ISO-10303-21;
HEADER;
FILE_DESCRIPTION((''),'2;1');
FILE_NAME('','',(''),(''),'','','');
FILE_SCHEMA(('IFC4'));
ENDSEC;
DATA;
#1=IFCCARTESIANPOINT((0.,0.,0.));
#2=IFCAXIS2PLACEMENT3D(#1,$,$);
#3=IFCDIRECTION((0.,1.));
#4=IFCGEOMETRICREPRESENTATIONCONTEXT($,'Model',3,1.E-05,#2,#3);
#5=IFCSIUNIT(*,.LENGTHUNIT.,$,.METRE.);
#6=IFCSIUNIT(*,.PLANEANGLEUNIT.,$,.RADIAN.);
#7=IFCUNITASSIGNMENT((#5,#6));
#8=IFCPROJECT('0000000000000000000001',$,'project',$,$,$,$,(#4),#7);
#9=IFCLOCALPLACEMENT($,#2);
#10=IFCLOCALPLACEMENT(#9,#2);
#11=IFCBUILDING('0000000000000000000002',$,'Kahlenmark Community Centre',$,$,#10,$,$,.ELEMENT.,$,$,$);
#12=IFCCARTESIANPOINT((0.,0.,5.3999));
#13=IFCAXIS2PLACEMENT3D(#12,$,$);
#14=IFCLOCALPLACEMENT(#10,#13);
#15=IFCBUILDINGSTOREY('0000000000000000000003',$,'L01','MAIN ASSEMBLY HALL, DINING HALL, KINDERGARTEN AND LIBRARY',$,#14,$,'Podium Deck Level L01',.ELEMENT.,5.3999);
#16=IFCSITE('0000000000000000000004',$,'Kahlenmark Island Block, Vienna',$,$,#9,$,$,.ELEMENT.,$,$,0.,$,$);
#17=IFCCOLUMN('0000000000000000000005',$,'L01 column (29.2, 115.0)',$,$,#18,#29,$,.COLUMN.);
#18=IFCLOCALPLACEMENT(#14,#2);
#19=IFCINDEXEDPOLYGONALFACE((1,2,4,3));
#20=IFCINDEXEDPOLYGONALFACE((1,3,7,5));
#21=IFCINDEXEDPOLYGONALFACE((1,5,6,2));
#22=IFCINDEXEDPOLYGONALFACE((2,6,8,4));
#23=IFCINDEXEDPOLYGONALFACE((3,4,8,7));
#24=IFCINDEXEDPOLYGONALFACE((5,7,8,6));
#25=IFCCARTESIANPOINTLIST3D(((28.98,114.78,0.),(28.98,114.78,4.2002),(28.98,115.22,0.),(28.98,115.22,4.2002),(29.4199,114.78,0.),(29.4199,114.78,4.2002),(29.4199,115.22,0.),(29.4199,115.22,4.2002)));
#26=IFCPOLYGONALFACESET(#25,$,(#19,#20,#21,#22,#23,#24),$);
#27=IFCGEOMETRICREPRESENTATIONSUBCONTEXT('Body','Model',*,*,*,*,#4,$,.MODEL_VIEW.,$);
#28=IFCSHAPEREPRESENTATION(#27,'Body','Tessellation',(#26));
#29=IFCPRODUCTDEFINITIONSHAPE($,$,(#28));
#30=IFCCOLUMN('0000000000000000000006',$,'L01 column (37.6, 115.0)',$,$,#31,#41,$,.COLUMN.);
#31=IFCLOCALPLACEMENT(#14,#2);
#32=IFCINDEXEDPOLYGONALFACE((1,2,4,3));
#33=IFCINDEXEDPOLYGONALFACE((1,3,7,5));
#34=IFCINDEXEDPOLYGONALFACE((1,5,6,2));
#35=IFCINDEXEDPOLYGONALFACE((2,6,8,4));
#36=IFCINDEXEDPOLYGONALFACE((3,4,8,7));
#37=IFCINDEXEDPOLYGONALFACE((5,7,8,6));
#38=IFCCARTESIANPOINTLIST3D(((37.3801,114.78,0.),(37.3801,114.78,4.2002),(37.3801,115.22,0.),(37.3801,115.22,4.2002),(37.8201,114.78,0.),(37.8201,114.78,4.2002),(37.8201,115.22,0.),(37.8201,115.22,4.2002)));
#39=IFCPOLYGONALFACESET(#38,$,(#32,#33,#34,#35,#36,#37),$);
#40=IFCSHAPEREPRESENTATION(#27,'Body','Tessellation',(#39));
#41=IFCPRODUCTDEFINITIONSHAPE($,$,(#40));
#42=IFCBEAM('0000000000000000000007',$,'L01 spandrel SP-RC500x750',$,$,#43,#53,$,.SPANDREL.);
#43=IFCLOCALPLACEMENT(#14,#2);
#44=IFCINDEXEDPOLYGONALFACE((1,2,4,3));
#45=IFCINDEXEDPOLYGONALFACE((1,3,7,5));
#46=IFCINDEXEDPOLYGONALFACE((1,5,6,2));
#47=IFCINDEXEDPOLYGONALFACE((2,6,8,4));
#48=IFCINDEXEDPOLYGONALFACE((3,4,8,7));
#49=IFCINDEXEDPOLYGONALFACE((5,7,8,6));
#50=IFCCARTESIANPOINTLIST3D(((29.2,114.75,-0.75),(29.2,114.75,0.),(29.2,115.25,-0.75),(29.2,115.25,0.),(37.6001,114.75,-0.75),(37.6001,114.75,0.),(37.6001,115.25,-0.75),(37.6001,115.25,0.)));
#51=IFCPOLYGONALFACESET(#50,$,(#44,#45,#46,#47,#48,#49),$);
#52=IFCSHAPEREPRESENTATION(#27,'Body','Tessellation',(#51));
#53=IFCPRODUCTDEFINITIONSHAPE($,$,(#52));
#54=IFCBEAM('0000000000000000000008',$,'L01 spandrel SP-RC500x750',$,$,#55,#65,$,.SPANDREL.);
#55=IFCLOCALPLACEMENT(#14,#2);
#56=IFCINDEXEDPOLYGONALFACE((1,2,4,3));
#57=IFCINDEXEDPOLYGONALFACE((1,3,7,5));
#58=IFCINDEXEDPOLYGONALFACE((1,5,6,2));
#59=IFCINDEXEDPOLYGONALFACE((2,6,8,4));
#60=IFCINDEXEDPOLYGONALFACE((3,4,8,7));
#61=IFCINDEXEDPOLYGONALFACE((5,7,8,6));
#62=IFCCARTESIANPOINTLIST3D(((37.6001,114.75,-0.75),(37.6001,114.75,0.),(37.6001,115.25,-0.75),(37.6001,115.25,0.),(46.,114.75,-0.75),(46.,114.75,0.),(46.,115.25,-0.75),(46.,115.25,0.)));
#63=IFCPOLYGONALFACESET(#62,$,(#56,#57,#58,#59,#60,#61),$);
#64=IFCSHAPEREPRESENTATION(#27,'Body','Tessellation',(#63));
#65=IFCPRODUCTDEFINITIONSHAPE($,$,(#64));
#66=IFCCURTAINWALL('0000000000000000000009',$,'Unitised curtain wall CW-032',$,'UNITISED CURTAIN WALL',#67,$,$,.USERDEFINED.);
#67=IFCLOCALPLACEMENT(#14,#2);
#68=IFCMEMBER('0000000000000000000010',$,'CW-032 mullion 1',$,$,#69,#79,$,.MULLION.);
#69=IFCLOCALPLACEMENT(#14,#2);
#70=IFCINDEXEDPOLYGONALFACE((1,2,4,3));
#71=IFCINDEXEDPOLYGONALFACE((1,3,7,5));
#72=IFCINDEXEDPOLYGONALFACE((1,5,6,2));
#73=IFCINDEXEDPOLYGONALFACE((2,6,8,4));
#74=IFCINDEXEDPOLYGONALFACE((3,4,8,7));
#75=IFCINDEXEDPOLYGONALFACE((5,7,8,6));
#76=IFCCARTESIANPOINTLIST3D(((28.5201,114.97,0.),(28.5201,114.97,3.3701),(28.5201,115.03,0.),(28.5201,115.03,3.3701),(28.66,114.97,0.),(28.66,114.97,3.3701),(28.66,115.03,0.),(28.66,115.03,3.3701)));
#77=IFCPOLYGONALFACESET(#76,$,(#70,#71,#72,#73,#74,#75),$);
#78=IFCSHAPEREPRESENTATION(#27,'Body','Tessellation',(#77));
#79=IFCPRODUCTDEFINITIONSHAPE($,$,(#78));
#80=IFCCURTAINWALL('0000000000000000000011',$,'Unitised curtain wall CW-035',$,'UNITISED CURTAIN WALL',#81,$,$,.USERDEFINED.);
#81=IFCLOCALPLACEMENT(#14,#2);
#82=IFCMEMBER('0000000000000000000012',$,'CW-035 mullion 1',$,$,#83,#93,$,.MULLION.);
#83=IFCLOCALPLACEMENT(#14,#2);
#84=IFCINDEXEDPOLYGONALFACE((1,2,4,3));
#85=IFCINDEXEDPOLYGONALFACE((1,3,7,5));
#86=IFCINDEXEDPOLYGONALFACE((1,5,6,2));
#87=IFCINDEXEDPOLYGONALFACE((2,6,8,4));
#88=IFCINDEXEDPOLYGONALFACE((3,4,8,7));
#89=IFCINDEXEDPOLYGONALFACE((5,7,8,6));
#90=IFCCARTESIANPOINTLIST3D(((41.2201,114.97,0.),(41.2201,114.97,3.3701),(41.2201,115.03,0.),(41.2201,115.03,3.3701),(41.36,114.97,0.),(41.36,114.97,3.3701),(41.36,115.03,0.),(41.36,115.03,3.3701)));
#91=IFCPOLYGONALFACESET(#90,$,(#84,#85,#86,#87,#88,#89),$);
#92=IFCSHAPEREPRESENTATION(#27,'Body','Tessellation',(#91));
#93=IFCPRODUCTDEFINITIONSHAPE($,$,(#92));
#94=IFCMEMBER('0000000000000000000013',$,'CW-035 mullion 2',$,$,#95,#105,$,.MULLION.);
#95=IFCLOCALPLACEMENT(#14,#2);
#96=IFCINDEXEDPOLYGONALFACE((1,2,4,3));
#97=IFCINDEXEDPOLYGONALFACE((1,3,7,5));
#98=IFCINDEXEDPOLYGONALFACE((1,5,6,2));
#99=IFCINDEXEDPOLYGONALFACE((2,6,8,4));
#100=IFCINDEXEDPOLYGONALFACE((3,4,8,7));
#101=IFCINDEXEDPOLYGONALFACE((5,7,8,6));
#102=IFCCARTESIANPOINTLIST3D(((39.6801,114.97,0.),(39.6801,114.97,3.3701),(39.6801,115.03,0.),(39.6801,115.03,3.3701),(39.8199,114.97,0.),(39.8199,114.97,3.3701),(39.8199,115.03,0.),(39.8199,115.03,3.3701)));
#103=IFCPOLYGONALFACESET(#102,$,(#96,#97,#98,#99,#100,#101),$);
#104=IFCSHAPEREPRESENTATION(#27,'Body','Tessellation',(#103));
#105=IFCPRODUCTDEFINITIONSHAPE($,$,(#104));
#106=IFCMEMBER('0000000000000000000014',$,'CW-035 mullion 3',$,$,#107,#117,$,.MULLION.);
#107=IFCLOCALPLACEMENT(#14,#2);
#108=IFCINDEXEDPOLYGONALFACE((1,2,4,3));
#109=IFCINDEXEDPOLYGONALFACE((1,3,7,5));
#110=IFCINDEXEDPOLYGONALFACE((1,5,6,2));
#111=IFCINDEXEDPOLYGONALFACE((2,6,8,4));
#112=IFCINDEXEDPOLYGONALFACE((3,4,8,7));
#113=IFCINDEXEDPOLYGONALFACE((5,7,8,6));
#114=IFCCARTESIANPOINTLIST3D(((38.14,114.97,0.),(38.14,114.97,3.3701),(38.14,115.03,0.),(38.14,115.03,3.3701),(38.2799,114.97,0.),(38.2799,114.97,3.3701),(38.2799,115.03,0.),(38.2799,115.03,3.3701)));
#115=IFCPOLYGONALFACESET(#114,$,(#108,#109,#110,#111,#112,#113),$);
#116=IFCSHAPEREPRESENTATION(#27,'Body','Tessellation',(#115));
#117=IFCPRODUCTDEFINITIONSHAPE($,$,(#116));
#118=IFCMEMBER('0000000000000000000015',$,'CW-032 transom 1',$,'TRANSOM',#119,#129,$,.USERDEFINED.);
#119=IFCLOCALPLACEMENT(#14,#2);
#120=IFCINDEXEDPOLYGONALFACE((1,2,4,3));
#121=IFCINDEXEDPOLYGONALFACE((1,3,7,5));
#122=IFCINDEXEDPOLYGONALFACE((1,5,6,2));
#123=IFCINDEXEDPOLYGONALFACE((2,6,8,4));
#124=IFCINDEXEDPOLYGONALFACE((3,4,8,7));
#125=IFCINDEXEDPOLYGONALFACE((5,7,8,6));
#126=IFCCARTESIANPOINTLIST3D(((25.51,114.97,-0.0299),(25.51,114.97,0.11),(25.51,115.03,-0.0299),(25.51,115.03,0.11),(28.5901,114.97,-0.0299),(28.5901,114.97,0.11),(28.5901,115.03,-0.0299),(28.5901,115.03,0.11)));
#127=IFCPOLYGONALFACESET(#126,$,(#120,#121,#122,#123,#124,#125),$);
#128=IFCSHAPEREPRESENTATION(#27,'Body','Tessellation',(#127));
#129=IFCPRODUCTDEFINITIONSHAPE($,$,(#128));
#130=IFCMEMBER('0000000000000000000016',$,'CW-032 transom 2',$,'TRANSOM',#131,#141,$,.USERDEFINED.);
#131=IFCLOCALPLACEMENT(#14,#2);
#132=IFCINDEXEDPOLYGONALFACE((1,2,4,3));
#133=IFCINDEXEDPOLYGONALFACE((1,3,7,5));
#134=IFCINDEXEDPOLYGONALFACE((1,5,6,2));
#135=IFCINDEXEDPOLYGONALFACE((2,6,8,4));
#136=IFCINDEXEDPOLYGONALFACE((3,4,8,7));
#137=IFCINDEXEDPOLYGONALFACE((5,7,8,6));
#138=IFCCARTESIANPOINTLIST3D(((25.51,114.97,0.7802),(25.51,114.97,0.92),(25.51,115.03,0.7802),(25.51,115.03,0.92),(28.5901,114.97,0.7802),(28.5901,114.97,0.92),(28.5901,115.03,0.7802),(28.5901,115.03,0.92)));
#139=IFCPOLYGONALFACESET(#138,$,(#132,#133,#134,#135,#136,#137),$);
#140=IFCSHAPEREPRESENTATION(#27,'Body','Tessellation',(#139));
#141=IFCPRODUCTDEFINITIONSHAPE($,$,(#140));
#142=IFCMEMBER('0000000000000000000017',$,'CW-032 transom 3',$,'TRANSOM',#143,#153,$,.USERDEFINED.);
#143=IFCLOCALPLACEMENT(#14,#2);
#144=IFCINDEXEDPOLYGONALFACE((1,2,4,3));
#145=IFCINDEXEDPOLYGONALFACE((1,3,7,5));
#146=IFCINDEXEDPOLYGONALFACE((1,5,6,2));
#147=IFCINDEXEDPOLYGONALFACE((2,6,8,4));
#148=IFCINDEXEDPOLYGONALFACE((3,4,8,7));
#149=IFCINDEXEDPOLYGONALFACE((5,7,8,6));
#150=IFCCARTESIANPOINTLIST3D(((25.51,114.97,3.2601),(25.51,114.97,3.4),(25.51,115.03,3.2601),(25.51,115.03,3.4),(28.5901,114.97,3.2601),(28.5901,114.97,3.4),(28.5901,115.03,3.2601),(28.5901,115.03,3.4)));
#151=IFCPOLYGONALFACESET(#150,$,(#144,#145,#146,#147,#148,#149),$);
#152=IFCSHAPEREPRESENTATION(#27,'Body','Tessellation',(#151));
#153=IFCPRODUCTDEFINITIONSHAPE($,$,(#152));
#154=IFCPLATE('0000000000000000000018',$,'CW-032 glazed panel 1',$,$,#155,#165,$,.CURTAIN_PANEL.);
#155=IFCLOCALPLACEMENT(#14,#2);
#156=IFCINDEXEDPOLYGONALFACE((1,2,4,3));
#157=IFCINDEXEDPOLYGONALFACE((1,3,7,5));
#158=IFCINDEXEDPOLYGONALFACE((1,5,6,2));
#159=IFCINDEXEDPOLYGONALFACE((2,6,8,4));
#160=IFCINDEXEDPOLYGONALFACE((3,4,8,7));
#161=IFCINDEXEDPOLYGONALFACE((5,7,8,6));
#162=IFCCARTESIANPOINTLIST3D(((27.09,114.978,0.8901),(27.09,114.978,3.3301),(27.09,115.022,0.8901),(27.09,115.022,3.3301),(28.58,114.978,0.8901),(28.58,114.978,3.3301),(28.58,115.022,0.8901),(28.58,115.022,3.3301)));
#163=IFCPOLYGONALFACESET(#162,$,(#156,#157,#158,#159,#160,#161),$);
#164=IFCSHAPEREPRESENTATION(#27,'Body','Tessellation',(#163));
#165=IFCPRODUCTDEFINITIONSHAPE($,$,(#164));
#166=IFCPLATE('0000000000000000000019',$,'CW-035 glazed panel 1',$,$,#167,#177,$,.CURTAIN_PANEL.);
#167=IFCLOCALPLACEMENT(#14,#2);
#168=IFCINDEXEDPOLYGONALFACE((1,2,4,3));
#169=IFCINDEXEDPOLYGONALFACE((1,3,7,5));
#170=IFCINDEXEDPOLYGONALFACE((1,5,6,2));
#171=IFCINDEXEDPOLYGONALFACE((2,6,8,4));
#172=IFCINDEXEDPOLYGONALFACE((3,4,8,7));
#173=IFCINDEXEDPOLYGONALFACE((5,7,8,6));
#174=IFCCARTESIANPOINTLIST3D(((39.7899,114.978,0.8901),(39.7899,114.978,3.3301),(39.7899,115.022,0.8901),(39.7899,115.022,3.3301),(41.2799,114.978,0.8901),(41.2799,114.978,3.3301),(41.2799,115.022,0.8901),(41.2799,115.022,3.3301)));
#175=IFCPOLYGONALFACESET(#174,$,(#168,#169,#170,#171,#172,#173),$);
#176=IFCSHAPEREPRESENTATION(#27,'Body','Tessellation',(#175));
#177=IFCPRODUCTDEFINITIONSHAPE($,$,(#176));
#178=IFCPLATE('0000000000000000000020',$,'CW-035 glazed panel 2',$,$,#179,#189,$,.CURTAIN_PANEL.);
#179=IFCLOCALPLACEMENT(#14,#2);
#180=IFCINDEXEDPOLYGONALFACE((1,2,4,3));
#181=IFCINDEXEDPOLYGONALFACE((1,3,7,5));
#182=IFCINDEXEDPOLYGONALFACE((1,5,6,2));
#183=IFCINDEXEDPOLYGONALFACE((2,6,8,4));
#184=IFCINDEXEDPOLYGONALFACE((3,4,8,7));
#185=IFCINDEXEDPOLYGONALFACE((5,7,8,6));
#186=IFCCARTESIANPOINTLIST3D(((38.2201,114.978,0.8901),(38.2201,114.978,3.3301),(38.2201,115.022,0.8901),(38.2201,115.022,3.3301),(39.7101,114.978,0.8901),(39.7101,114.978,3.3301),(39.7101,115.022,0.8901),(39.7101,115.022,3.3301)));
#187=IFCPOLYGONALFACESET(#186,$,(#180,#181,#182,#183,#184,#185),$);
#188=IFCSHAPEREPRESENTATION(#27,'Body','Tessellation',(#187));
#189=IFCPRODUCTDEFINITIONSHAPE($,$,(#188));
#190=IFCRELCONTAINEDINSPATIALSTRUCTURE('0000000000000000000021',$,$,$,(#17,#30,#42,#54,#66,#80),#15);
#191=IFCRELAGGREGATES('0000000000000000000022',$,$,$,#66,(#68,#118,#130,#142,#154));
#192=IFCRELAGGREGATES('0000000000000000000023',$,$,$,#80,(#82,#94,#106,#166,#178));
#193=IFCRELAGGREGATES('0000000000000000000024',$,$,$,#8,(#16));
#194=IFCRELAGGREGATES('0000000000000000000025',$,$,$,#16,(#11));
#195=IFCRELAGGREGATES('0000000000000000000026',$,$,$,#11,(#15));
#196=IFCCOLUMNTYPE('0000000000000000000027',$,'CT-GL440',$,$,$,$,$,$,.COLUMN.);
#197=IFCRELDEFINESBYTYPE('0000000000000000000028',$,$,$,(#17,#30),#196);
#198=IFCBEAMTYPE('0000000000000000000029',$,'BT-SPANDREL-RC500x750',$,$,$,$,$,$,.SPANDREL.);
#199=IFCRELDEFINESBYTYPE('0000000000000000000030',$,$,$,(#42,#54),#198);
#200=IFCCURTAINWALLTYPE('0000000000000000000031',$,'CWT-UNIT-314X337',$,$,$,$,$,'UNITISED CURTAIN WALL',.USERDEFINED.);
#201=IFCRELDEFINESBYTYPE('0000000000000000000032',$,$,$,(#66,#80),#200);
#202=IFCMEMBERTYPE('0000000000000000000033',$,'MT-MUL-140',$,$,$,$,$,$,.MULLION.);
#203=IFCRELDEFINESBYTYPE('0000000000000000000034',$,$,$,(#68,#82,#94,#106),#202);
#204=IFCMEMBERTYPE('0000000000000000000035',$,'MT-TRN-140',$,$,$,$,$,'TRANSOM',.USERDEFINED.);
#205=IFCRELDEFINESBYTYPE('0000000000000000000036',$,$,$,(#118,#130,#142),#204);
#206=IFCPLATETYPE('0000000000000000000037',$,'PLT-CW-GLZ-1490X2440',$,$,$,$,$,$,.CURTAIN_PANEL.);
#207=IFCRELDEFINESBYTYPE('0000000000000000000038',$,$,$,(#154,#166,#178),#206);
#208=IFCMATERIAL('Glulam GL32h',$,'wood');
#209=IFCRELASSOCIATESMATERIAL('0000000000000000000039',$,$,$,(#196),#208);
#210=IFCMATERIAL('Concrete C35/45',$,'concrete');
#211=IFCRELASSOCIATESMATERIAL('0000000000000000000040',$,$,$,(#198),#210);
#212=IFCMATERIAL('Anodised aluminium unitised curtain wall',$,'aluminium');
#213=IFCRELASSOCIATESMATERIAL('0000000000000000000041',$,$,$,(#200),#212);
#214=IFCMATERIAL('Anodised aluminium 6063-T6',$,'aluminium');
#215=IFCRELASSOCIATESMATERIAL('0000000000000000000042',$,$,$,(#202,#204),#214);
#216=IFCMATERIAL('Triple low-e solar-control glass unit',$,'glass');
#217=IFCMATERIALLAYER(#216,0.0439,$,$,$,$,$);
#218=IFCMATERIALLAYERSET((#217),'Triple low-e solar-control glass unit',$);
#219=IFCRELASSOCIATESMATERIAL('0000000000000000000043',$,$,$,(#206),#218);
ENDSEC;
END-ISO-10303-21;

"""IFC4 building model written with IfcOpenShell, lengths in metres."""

from ifc_helpers import new_model, si_unit, direction, frame, origin, origin_2d, place, context, subcontext, project, spatial, rectangle, extrude, material, layer, layer_set, material_profile, profile_set, type_object, element, aggregate, save


model = new_model("IFC4")

# Units and contexts
model_context = context("Model", 3, precision=1e-05, world=origin(), true_north=direction((0.0, 1.0)))
body_context = subcontext(model_context, "Body", "Model", "MODEL_VIEW")
ifc_project = project(units=[si_unit("LENGTHUNIT", "METRE"), si_unit("PLANEANGLEUNIT", "RADIAN")], contexts=[model_context])

# Site, building, storey
site_placement = place(None, origin())
site = spatial("IfcSite", under=ifc_project, at=site_placement, Name="Kahlenmark Island Block, Vienna", CompositionType="ELEMENT", RefElevation=0.0)
building_placement = place(site_placement, origin())
building = spatial("IfcBuilding", under=site, at=building_placement, Name="Kahlenmark Community Centre", CompositionType="ELEMENT")
storey_placement = place(building_placement, frame((0.0, 0.0, 5.3999)))
storey = spatial("IfcBuildingStorey", under=building, at=storey_placement, Name="L01", Description="MAIN ASSEMBLY HALL, DINING HALL, KINDERGARTEN AND LIBRARY", LongName="Podium Deck Level L01", CompositionType="ELEMENT", Elevation=5.3999)

# Columns
ifc_material_1 = material(Name="Glulam GL32h", Category="wood")
ifc_material_profile_1 = material_profile(ifc_material_1, rectangle(XDim=0.4399, YDim=0.4399, at=origin_2d()), Name="GL32h 440x440")
ifc_profile_set_1 = profile_set([ifc_material_profile_1], Name="Glulam GL32h")
column_type = type_object("IfcColumnType", Name="CT-GL440", PredefinedType="COLUMN", material=ifc_profile_set_1)
for number, where, z_axis, x_axis, name in (
    (1, (29.2, 115.0, 0.0), (0.0, 0.0, 1.0), (1.0, 0.0, 0.0), "L01 column (29.2, 115.0)"),
    (2, (37.6001, 115.0, 0.0), (0.0, 0.0, 1.0), (1.0, 0.0, 0.0), "L01 column (37.6, 115.0)"),
):
    element("IfcColumn", number, at=place(storey_placement, frame(where, z_axis=z_axis, x_axis=x_axis)), inside=storey, type_object=column_type, Name=name, PredefinedType="COLUMN", context=body_context, shape_type="SweptSolid", body=[
        extrude(rectangle(XDim=0.4399, YDim=0.4399, at=origin_2d()), origin(), (0.0, 0.0, 1.0), 4.2002),
    ])

# Beams
ifc_material_2 = material(Name="Concrete C35/45", Category="concrete")
ifc_material_profile_2 = material_profile(ifc_material_2, rectangle(XDim=0.5, YDim=0.75, at=origin_2d()), Name="RC 500x750")
ifc_profile_set_2 = profile_set([ifc_material_profile_2], Name="Concrete C35/45")
beam_type = type_object("IfcBeamType", Name="BT-SPANDREL-RC500x750", PredefinedType="SPANDREL", material=ifc_profile_set_2)
beam_1_placement = place(storey_placement, frame((29.2, 115.0, -0.375), z_axis=(1.0, 0.0, 0.0), x_axis=(0.0, 1.0, 0.0)))
element("IfcBeam", 3, at=beam_1_placement, inside=storey, type_object=beam_type, Name="L01 spandrel SP-RC500x750", PredefinedType="SPANDREL", context=body_context, shape_type="SweptSolid", body=[
    extrude(rectangle(XDim=0.5, YDim=0.75, at=origin_2d()), origin(), (0.0, 0.0, 1.0), 8.4001),
])
beam_2_placement = place(storey_placement, frame((37.6001, 115.0, -0.375), z_axis=(1.0, 0.0, 0.0), x_axis=(0.0, 1.0, 0.0)))
element("IfcBeam", 4, at=beam_2_placement, inside=storey, type_object=beam_type, Name="L01 spandrel SP-RC500x750", PredefinedType="SPANDREL", context=body_context, shape_type="SweptSolid", body=[
    extrude(rectangle(XDim=0.5, YDim=0.75, at=origin_2d()), origin(), (0.0, 0.0, 1.0), 8.3999),
])

# Curtain wall, member
ifc_material_3 = material(Name="Anodised aluminium unitised curtain wall", Category="aluminium")
curtain_wall_type = type_object("IfcCurtainWallType", Name="CWT-UNIT-314X337", ElementType="UNITISED CURTAIN WALL", PredefinedType="USERDEFINED", material=ifc_material_3)
curtain_wall_1_placement = place(storey_placement, origin())
curtain_wall_1 = element("IfcCurtainWall", 5, at=curtain_wall_1_placement, inside=storey, type_object=curtain_wall_type, Name="Unitised curtain wall CW-032", ObjectType="UNITISED CURTAIN WALL", PredefinedType="USERDEFINED")
ifc_material_4 = material(Name="Anodised aluminium 6063-T6", Category="aluminium")
ifc_material_profile_3 = material_profile(ifc_material_4, rectangle(XDim=0.0601, YDim=0.1399, at=origin_2d()), Name="ALU MULLION 60x140")
ifc_profile_set_3 = profile_set([ifc_material_profile_3], Name="Anodised aluminium 6063-T6")
member_type_1 = type_object("IfcMemberType", Name="MT-MUL-140", PredefinedType="MULLION", material=ifc_profile_set_3)
member_1_placement = place(storey_placement, frame((28.5901, 115.0, 0.0), z_axis=(0.0, 0.0, 1.0), x_axis=(0.0, -1.0, 0.0)))
member_1 = element("IfcMember", 6, at=member_1_placement, type_object=member_type_1, Name="CW-032 mullion 1", PredefinedType="MULLION", context=body_context, shape_type="SweptSolid", body=[
    extrude(rectangle(XDim=0.0601, YDim=0.1399, at=origin_2d()), origin(), (0.0, 0.0, 1.0), 3.3701),
])

# Curtain wall, members
curtain_wall_2_placement = place(storey_placement, origin())
curtain_wall_2 = element("IfcCurtainWall", 7, at=curtain_wall_2_placement, inside=storey, type_object=curtain_wall_type, Name="Unitised curtain wall CW-035", ObjectType="UNITISED CURTAIN WALL", PredefinedType="USERDEFINED")
member_2_placement = place(storey_placement, frame((41.29, 115.0, 0.0), z_axis=(0.0, 0.0, 1.0), x_axis=(0.0, -1.0, 0.0)))
member_2 = element("IfcMember", 8, at=member_2_placement, type_object=member_type_1, Name="CW-035 mullion 1", PredefinedType="MULLION", context=body_context, shape_type="SweptSolid", body=[
    extrude(rectangle(XDim=0.0601, YDim=0.1399, at=origin_2d()), origin(), (0.0, 0.0, 1.0), 3.3701),
])
member_3_placement = place(storey_placement, frame((39.75, 115.0, 0.0), z_axis=(0.0, 0.0, 1.0), x_axis=(0.0, -1.0, 0.0)))
member_3 = element("IfcMember", 9, at=member_3_placement, type_object=member_type_1, Name="CW-035 mullion 2", PredefinedType="MULLION", context=body_context, shape_type="SweptSolid", body=[
    extrude(rectangle(XDim=0.0601, YDim=0.1399, at=origin_2d()), origin(), (0.0, 0.0, 1.0), 3.3701),
])
member_4_placement = place(storey_placement, frame((38.21, 115.0, 0.0), z_axis=(0.0, 0.0, 1.0), x_axis=(0.0, -1.0, 0.0)))
member_4 = element("IfcMember", 10, at=member_4_placement, type_object=member_type_1, Name="CW-035 mullion 3", PredefinedType="MULLION", context=body_context, shape_type="SweptSolid", body=[
    extrude(rectangle(XDim=0.0601, YDim=0.1399, at=origin_2d()), origin(), (0.0, 0.0, 1.0), 3.3701),
])

# Members
ifc_material_profile_4 = material_profile(ifc_material_4, rectangle(XDim=0.0601, YDim=0.1399, at=origin_2d()), Name="ALU TRANSOM 60x140")
ifc_profile_set_4 = profile_set([ifc_material_profile_4], Name="Anodised aluminium 6063-T6")
member_type_2 = type_object("IfcMemberType", Name="MT-TRN-140", ElementType="TRANSOM", PredefinedType="USERDEFINED", material=ifc_profile_set_4)
member_5_placement = place(storey_placement, frame((28.5901, 115.0, 0.04), z_axis=(-1.0, 0.0, 0.0), x_axis=(0.0, -1.0, 0.0)))
member_5 = element("IfcMember", 11, at=member_5_placement, type_object=member_type_2, Name="CW-032 transom 1", ObjectType="TRANSOM", PredefinedType="USERDEFINED", context=body_context, shape_type="SweptSolid", body=[
    extrude(rectangle(XDim=0.0601, YDim=0.1399, at=origin_2d()), origin(), (0.0, 0.0, 1.0), 3.0801),
])
member_6_placement = place(storey_placement, frame((28.5901, 115.0, 0.8501), z_axis=(-1.0, 0.0, 0.0), x_axis=(0.0, -1.0, 0.0)))
member_6 = element("IfcMember", 12, at=member_6_placement, type_object=member_type_2, Name="CW-032 transom 2", ObjectType="TRANSOM", PredefinedType="USERDEFINED", context=body_context, shape_type="SweptSolid", body=[
    extrude(rectangle(XDim=0.0601, YDim=0.1399, at=origin_2d()), origin(), (0.0, 0.0, 1.0), 3.0801),
])
member_7_placement = place(storey_placement, frame((28.5901, 115.0, 3.3301), z_axis=(-1.0, 0.0, 0.0), x_axis=(0.0, -1.0, 0.0)))
member_7 = element("IfcMember", 13, at=member_7_placement, type_object=member_type_2, Name="CW-032 transom 3", ObjectType="TRANSOM", PredefinedType="USERDEFINED", context=body_context, shape_type="SweptSolid", body=[
    extrude(rectangle(XDim=0.0601, YDim=0.1399, at=origin_2d()), origin(), (0.0, 0.0, 1.0), 3.0801),
])

# Plates
ifc_material_5 = material(Name="Triple low-e solar-control glass unit", Category="glass")
ifc_layer_1 = layer(ifc_material_5, 0.0439)
ifc_layer_set_1 = layer_set([ifc_layer_1], Name="Triple low-e solar-control glass unit")
plate_type_1 = type_object("IfcPlateType", Name="PLT-CW-GLZ-1490X2440", PredefinedType="CURTAIN_PANEL", material=ifc_layer_set_1)
plate_1_placement = place(storey_placement, frame((27.835, 115.0, 0.8901), z_axis=(0.0, 0.0, 1.0), x_axis=(-1.0, 0.0, 0.0)))
plate_1 = element("IfcPlate", 14, at=plate_1_placement, type_object=plate_type_1, Name="CW-032 glazed panel 1", PredefinedType="CURTAIN_PANEL", context=body_context, shape_type="SweptSolid", body=[
    extrude(rectangle(XDim=1.49, YDim=0.0439, at=origin_2d()), origin(), (0.0, 0.0, 1.0), 2.4399),
])
aggregate(curtain_wall_1, [member_1, member_5, member_6, member_7, plate_1])
plate_2_placement = place(storey_placement, frame((40.5349, 115.0, 0.8901), z_axis=(0.0, 0.0, 1.0), x_axis=(-1.0, 0.0, 0.0)))
plate_2 = element("IfcPlate", 15, at=plate_2_placement, type_object=plate_type_1, Name="CW-035 glazed panel 1", PredefinedType="CURTAIN_PANEL", context=body_context, shape_type="SweptSolid", body=[
    extrude(rectangle(XDim=1.49, YDim=0.0439, at=origin_2d()), origin(), (0.0, 0.0, 1.0), 2.4399),
])
plate_3_placement = place(storey_placement, frame((38.9651, 115.0, 0.8901), z_axis=(0.0, 0.0, 1.0), x_axis=(-1.0, 0.0, 0.0)))
plate_3 = element("IfcPlate", 16, at=plate_3_placement, type_object=plate_type_1, Name="CW-035 glazed panel 2", PredefinedType="CURTAIN_PANEL", context=body_context, shape_type="SweptSolid", body=[
    extrude(rectangle(XDim=1.49, YDim=0.0439, at=origin_2d()), origin(), (0.0, 0.0, 1.0), 2.4399),
])
aggregate(curtain_wall_2, [member_2, member_3, member_4, plate_2, plate_3])

save(model, "model.ifc")
